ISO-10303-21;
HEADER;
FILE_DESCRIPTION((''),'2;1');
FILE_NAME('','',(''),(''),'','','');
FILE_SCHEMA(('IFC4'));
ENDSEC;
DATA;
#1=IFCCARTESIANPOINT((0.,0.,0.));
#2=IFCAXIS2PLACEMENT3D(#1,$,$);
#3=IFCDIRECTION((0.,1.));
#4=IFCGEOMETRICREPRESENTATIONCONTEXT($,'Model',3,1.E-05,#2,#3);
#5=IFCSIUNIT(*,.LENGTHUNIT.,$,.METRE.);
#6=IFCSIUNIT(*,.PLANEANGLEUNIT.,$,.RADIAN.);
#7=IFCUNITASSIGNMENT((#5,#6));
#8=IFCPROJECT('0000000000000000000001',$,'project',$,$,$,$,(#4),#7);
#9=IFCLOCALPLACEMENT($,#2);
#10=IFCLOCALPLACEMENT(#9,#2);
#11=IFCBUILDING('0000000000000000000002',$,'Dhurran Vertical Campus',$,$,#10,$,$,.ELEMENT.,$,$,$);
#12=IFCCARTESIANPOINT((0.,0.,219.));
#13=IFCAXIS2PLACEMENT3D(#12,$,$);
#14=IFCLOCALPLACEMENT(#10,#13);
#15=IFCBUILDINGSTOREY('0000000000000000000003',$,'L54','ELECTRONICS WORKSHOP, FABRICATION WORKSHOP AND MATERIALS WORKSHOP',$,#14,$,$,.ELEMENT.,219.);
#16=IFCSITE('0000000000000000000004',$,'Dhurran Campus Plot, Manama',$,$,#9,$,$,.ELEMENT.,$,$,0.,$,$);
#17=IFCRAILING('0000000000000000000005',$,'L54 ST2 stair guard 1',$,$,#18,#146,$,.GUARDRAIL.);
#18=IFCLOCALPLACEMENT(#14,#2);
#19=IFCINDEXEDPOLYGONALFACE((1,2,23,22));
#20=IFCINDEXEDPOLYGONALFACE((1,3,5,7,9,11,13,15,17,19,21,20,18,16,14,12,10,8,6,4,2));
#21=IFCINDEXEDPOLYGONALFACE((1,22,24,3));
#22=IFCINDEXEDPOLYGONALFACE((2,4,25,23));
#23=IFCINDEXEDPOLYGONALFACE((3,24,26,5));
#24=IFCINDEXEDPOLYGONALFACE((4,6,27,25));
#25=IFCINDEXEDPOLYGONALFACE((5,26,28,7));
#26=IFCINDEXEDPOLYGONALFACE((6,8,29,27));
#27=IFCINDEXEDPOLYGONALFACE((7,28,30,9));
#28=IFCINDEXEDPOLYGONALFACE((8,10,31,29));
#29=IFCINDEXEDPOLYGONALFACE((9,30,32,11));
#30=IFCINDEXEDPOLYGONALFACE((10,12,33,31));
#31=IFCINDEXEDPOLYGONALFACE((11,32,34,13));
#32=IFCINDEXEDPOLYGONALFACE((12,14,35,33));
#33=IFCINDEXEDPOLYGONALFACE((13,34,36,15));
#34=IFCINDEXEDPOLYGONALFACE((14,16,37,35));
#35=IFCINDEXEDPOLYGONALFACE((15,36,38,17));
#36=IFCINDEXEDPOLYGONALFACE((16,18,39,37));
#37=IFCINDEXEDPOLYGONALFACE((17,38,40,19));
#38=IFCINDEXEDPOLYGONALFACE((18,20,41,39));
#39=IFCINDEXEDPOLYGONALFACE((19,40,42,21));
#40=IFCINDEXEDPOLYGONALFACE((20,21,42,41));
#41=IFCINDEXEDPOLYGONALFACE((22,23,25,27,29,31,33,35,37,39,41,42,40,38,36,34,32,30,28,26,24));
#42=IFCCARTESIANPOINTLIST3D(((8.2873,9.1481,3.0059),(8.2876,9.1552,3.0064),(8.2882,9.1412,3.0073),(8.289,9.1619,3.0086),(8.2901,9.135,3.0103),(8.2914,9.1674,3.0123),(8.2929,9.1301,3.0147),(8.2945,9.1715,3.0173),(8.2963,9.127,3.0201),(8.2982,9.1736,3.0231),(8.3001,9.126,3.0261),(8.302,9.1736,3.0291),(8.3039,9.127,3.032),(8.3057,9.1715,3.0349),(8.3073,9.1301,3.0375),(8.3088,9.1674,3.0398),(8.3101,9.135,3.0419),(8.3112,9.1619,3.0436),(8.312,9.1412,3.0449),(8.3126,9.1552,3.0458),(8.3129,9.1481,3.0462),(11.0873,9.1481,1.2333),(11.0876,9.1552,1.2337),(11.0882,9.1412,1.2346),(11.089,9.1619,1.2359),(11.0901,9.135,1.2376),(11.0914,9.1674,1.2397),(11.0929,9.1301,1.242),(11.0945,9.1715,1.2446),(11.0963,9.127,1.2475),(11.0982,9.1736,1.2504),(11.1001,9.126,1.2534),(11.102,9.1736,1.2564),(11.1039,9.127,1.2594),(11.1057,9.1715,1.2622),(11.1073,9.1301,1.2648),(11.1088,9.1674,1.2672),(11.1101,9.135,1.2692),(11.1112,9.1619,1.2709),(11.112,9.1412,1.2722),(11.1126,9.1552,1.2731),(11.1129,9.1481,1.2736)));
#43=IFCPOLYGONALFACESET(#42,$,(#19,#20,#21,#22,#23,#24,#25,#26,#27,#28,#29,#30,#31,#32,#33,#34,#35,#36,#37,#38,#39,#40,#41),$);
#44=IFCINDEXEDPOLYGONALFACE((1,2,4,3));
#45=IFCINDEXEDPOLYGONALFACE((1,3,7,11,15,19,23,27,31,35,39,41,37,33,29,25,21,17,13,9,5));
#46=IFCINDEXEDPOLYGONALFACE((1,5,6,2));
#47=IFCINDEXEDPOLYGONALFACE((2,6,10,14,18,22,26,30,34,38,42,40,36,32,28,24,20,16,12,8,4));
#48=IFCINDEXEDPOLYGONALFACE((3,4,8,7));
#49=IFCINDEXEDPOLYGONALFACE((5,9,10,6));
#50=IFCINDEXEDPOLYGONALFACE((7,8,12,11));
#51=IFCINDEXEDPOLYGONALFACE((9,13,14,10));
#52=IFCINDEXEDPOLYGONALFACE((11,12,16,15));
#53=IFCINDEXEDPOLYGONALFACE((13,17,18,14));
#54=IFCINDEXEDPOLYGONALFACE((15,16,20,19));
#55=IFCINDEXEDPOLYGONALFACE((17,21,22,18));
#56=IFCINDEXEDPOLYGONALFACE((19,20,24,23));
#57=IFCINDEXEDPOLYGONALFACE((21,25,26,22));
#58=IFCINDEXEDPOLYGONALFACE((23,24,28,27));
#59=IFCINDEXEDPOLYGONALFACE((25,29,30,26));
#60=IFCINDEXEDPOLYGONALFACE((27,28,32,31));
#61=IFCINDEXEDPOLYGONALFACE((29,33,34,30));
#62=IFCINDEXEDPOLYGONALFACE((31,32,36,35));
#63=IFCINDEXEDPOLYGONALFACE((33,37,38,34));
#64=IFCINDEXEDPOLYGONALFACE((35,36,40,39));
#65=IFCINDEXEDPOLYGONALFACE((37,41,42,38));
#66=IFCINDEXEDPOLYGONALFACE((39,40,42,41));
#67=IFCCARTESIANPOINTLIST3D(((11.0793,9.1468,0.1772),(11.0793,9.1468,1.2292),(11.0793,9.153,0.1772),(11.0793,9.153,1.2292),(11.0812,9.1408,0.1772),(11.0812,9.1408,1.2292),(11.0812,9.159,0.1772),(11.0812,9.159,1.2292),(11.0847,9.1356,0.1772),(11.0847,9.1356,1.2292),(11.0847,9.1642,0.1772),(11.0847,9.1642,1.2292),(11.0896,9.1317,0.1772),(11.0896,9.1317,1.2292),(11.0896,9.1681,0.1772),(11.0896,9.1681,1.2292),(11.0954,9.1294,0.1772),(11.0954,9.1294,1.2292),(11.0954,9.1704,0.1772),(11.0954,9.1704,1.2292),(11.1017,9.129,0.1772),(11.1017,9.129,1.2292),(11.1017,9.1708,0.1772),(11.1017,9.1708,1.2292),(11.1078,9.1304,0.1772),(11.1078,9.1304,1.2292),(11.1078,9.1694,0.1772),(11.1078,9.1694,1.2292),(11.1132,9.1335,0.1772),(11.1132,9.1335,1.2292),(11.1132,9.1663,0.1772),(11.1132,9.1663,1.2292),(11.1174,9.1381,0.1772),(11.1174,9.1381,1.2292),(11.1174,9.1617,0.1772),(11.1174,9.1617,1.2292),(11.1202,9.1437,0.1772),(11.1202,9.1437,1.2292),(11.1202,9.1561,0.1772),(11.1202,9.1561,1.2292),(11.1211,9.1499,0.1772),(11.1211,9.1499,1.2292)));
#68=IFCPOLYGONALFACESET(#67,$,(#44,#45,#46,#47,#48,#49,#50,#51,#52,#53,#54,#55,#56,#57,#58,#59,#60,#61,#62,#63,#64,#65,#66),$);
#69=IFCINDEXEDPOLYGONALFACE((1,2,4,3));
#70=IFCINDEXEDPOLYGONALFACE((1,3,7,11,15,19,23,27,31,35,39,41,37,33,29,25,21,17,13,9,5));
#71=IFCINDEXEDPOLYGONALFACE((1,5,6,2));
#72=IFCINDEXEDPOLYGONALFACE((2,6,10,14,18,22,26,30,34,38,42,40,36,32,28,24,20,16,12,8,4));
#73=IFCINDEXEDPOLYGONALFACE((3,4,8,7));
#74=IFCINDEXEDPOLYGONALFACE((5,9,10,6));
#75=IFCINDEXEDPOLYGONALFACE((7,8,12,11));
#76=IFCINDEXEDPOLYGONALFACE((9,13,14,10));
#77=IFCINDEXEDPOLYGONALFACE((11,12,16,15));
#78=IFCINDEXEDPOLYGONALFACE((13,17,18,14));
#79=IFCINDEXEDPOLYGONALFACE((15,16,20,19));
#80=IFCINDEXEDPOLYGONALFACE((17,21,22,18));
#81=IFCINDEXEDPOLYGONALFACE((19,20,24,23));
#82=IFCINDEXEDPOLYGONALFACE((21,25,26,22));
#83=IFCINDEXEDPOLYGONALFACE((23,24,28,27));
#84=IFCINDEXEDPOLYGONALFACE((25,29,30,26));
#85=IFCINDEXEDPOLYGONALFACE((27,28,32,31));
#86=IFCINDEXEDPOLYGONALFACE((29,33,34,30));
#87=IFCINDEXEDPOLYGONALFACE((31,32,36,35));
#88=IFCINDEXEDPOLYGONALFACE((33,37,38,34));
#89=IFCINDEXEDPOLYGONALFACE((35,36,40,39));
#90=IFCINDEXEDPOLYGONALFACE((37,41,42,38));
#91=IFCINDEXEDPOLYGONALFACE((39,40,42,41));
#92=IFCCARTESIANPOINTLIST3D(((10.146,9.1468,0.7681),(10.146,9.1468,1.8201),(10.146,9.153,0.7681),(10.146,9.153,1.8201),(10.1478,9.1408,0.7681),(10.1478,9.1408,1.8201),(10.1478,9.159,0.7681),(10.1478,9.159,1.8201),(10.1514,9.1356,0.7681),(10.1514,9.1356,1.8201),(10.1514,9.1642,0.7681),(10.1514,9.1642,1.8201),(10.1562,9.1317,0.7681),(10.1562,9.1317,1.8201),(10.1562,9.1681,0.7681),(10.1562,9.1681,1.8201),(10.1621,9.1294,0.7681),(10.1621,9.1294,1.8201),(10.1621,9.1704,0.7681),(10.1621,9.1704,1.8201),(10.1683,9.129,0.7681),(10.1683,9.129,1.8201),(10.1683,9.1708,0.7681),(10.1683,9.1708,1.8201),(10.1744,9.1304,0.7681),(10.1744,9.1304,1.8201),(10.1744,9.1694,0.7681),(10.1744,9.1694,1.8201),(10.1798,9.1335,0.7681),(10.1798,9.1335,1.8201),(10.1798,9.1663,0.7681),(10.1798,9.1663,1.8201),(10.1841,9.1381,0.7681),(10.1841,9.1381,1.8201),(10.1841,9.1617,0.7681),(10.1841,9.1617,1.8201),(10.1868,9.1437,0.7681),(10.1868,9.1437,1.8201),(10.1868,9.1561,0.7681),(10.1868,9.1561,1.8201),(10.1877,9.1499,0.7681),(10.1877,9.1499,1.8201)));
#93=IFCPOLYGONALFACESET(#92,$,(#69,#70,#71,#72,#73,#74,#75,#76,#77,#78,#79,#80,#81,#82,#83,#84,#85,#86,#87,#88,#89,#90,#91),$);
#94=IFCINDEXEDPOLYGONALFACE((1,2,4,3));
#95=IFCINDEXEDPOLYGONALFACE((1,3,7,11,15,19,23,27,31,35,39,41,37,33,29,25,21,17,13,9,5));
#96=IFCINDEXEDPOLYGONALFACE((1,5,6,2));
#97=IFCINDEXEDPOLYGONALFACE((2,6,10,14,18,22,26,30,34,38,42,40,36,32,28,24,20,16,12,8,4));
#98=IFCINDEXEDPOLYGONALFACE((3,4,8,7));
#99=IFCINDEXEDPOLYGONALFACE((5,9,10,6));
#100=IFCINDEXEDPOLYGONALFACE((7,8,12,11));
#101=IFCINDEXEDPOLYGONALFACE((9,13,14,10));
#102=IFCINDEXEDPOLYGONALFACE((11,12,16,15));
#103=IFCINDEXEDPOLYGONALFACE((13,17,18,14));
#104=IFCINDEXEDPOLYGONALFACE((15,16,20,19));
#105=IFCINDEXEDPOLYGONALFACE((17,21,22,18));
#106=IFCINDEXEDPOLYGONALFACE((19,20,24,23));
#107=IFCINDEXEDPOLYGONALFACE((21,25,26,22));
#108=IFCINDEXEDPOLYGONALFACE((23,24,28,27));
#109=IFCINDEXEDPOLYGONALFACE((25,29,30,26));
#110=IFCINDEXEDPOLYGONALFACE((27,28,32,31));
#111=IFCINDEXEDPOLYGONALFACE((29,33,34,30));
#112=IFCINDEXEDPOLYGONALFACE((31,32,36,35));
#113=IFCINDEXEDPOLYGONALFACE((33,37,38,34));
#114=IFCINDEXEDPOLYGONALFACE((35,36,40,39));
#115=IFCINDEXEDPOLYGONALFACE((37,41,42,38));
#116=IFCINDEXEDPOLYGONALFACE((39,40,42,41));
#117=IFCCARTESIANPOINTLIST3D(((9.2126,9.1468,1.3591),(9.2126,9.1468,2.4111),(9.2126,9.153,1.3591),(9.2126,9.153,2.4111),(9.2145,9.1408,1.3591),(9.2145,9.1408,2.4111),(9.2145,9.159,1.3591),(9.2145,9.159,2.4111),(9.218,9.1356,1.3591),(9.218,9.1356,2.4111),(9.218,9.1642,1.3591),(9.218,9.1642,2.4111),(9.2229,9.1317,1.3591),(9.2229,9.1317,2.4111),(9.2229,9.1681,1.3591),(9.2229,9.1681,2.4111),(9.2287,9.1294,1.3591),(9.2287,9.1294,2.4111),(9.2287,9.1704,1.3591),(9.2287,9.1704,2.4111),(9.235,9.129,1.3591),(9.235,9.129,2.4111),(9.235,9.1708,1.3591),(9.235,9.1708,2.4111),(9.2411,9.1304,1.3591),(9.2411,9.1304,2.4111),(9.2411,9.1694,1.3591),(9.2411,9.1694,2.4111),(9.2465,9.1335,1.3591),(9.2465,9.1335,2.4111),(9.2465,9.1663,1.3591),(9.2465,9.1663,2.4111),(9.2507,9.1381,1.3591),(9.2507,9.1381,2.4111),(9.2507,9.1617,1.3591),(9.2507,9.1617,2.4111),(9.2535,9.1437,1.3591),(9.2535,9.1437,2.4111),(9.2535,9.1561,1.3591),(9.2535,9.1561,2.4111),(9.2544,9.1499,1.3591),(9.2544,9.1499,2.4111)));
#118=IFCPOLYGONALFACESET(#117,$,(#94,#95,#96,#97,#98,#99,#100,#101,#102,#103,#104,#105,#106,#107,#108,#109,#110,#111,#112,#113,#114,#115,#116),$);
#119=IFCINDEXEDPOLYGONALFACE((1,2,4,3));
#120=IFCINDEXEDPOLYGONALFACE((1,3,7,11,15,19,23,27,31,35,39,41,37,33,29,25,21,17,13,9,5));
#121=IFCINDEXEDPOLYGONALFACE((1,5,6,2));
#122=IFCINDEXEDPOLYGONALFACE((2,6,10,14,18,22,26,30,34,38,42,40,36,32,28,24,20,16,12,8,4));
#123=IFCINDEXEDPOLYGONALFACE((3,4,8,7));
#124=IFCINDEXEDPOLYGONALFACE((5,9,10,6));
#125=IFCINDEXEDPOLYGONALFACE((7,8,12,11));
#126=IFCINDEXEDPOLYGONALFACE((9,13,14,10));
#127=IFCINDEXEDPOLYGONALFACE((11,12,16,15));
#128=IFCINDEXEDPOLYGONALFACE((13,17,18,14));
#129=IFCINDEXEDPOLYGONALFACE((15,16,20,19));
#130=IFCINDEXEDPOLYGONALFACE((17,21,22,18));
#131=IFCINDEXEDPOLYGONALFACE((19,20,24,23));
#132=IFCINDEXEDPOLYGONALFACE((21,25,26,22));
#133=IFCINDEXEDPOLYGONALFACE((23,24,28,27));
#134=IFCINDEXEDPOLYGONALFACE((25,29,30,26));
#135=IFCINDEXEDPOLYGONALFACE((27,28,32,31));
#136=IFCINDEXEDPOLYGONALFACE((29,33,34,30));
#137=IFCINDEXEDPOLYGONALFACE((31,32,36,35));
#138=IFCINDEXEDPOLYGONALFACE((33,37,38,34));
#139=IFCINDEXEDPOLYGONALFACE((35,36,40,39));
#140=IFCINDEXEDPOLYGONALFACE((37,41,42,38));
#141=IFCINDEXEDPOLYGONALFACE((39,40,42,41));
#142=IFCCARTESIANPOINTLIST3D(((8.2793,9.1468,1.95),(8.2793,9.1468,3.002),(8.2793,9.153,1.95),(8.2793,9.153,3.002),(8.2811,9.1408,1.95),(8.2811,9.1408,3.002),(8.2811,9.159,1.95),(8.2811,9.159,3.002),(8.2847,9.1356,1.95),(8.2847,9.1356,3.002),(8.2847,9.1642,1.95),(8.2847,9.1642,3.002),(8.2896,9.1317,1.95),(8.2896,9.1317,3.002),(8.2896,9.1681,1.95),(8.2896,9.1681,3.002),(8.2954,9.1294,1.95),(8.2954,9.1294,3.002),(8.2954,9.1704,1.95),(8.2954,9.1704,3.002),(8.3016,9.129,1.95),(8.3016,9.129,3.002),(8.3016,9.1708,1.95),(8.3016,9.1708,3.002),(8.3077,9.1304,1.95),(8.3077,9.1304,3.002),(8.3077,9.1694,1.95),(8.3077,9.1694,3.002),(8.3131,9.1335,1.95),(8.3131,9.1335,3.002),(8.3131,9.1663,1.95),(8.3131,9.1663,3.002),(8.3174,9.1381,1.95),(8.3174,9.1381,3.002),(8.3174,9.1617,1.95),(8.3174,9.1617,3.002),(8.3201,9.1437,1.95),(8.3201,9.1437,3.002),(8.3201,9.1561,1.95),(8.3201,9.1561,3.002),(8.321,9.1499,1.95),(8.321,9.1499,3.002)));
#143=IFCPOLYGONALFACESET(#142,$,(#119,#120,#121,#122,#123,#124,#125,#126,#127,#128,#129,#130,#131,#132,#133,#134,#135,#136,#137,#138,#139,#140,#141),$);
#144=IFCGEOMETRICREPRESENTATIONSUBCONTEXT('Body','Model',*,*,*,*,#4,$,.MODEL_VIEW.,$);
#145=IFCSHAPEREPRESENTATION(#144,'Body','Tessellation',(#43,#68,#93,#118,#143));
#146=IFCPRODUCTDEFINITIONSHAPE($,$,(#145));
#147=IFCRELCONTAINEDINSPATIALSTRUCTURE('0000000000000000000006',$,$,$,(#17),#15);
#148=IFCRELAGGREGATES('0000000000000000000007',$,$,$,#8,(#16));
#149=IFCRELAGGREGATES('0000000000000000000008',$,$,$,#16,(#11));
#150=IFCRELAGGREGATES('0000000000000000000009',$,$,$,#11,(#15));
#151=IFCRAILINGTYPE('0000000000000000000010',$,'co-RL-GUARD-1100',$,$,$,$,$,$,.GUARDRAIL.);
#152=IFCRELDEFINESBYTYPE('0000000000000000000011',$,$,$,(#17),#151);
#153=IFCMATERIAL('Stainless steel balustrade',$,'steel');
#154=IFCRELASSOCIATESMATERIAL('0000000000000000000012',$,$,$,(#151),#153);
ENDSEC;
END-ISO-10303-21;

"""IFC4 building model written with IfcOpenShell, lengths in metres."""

from ifc_helpers import new_model, si_unit, direction, frame, origin, origin_2d, place, context, subcontext, project, spatial, circle, extrude, material, type_object, element, save


model = new_model("IFC4")

# Units and contexts
model_context = context("Model", 3, precision=1e-05, world=origin(), true_north=direction((0.0, 1.0)))
body_context = subcontext(model_context, "Body", "Model", "MODEL_VIEW")
ifc_project = project(units=[si_unit("LENGTHUNIT", "METRE"), si_unit("PLANEANGLEUNIT", "RADIAN")], contexts=[model_context])

# Site, building, storey
site_placement = place(None, origin())
site = spatial("IfcSite", under=ifc_project, at=site_placement, Name="Dhurran Campus Plot, Manama", CompositionType="ELEMENT", RefElevation=0.0)
building_placement = place(site_placement, origin())
building = spatial("IfcBuilding", under=site, at=building_placement, Name="Dhurran Vertical Campus", CompositionType="ELEMENT")
storey_placement = place(building_placement, frame((0.0, 0.0, 219.0)))
storey = spatial("IfcBuildingStorey", under=building, at=storey_placement, Name="L54", Description="ELECTRONICS WORKSHOP, FABRICATION WORKSHOP AND MATERIALS WORKSHOP", CompositionType="ELEMENT", Elevation=219.0)

# Railing
ifc_material_1 = material(Name="Stainless steel balustrade", Category="steel")
railing_type_1 = type_object("IfcRailingType", Name="co-RL-GUARD-1100", PredefinedType="GUARDRAIL", material=ifc_material_1)
railing_1_placement = place(storey_placement, frame((11.1001, 9.1499, 0.1772)))
element("IfcRailing", 1, at=railing_1_placement, inside=storey, type_object=railing_type_1, Name="L54 ST2 stair guard 1", PredefinedType="GUARDRAIL", context=body_context, shape_type="SweptSolid", body=[
    extrude(circle(Radius=0.0239, at=origin_2d()), frame((0.0, 0.0, 1.0762), z_axis=(-0.844909, 0.0, 0.53491), x_axis=(0.0, -1.0, 0.0)), (0.0, 0.0, 1.0), 3.314),
    extrude(circle(Radius=0.021, at=origin_2d()), origin(), (0.0, 0.0, 1.0), 1.052),
    extrude(circle(Radius=0.021, at=origin_2d()), frame((-0.9333, 0.0, 0.5908)), (0.0, 0.0, 1.0), 1.052),
    extrude(circle(Radius=0.021, at=origin_2d()), frame((-1.8667, 0.0, 1.1819)), (0.0, 0.0, 1.0), 1.052),
    extrude(circle(Radius=0.021, at=origin_2d()), frame((-2.8, 0.0, 1.7727)), (0.0, 0.0, 1.0), 1.052),
])

save(model, "model.ifc")
